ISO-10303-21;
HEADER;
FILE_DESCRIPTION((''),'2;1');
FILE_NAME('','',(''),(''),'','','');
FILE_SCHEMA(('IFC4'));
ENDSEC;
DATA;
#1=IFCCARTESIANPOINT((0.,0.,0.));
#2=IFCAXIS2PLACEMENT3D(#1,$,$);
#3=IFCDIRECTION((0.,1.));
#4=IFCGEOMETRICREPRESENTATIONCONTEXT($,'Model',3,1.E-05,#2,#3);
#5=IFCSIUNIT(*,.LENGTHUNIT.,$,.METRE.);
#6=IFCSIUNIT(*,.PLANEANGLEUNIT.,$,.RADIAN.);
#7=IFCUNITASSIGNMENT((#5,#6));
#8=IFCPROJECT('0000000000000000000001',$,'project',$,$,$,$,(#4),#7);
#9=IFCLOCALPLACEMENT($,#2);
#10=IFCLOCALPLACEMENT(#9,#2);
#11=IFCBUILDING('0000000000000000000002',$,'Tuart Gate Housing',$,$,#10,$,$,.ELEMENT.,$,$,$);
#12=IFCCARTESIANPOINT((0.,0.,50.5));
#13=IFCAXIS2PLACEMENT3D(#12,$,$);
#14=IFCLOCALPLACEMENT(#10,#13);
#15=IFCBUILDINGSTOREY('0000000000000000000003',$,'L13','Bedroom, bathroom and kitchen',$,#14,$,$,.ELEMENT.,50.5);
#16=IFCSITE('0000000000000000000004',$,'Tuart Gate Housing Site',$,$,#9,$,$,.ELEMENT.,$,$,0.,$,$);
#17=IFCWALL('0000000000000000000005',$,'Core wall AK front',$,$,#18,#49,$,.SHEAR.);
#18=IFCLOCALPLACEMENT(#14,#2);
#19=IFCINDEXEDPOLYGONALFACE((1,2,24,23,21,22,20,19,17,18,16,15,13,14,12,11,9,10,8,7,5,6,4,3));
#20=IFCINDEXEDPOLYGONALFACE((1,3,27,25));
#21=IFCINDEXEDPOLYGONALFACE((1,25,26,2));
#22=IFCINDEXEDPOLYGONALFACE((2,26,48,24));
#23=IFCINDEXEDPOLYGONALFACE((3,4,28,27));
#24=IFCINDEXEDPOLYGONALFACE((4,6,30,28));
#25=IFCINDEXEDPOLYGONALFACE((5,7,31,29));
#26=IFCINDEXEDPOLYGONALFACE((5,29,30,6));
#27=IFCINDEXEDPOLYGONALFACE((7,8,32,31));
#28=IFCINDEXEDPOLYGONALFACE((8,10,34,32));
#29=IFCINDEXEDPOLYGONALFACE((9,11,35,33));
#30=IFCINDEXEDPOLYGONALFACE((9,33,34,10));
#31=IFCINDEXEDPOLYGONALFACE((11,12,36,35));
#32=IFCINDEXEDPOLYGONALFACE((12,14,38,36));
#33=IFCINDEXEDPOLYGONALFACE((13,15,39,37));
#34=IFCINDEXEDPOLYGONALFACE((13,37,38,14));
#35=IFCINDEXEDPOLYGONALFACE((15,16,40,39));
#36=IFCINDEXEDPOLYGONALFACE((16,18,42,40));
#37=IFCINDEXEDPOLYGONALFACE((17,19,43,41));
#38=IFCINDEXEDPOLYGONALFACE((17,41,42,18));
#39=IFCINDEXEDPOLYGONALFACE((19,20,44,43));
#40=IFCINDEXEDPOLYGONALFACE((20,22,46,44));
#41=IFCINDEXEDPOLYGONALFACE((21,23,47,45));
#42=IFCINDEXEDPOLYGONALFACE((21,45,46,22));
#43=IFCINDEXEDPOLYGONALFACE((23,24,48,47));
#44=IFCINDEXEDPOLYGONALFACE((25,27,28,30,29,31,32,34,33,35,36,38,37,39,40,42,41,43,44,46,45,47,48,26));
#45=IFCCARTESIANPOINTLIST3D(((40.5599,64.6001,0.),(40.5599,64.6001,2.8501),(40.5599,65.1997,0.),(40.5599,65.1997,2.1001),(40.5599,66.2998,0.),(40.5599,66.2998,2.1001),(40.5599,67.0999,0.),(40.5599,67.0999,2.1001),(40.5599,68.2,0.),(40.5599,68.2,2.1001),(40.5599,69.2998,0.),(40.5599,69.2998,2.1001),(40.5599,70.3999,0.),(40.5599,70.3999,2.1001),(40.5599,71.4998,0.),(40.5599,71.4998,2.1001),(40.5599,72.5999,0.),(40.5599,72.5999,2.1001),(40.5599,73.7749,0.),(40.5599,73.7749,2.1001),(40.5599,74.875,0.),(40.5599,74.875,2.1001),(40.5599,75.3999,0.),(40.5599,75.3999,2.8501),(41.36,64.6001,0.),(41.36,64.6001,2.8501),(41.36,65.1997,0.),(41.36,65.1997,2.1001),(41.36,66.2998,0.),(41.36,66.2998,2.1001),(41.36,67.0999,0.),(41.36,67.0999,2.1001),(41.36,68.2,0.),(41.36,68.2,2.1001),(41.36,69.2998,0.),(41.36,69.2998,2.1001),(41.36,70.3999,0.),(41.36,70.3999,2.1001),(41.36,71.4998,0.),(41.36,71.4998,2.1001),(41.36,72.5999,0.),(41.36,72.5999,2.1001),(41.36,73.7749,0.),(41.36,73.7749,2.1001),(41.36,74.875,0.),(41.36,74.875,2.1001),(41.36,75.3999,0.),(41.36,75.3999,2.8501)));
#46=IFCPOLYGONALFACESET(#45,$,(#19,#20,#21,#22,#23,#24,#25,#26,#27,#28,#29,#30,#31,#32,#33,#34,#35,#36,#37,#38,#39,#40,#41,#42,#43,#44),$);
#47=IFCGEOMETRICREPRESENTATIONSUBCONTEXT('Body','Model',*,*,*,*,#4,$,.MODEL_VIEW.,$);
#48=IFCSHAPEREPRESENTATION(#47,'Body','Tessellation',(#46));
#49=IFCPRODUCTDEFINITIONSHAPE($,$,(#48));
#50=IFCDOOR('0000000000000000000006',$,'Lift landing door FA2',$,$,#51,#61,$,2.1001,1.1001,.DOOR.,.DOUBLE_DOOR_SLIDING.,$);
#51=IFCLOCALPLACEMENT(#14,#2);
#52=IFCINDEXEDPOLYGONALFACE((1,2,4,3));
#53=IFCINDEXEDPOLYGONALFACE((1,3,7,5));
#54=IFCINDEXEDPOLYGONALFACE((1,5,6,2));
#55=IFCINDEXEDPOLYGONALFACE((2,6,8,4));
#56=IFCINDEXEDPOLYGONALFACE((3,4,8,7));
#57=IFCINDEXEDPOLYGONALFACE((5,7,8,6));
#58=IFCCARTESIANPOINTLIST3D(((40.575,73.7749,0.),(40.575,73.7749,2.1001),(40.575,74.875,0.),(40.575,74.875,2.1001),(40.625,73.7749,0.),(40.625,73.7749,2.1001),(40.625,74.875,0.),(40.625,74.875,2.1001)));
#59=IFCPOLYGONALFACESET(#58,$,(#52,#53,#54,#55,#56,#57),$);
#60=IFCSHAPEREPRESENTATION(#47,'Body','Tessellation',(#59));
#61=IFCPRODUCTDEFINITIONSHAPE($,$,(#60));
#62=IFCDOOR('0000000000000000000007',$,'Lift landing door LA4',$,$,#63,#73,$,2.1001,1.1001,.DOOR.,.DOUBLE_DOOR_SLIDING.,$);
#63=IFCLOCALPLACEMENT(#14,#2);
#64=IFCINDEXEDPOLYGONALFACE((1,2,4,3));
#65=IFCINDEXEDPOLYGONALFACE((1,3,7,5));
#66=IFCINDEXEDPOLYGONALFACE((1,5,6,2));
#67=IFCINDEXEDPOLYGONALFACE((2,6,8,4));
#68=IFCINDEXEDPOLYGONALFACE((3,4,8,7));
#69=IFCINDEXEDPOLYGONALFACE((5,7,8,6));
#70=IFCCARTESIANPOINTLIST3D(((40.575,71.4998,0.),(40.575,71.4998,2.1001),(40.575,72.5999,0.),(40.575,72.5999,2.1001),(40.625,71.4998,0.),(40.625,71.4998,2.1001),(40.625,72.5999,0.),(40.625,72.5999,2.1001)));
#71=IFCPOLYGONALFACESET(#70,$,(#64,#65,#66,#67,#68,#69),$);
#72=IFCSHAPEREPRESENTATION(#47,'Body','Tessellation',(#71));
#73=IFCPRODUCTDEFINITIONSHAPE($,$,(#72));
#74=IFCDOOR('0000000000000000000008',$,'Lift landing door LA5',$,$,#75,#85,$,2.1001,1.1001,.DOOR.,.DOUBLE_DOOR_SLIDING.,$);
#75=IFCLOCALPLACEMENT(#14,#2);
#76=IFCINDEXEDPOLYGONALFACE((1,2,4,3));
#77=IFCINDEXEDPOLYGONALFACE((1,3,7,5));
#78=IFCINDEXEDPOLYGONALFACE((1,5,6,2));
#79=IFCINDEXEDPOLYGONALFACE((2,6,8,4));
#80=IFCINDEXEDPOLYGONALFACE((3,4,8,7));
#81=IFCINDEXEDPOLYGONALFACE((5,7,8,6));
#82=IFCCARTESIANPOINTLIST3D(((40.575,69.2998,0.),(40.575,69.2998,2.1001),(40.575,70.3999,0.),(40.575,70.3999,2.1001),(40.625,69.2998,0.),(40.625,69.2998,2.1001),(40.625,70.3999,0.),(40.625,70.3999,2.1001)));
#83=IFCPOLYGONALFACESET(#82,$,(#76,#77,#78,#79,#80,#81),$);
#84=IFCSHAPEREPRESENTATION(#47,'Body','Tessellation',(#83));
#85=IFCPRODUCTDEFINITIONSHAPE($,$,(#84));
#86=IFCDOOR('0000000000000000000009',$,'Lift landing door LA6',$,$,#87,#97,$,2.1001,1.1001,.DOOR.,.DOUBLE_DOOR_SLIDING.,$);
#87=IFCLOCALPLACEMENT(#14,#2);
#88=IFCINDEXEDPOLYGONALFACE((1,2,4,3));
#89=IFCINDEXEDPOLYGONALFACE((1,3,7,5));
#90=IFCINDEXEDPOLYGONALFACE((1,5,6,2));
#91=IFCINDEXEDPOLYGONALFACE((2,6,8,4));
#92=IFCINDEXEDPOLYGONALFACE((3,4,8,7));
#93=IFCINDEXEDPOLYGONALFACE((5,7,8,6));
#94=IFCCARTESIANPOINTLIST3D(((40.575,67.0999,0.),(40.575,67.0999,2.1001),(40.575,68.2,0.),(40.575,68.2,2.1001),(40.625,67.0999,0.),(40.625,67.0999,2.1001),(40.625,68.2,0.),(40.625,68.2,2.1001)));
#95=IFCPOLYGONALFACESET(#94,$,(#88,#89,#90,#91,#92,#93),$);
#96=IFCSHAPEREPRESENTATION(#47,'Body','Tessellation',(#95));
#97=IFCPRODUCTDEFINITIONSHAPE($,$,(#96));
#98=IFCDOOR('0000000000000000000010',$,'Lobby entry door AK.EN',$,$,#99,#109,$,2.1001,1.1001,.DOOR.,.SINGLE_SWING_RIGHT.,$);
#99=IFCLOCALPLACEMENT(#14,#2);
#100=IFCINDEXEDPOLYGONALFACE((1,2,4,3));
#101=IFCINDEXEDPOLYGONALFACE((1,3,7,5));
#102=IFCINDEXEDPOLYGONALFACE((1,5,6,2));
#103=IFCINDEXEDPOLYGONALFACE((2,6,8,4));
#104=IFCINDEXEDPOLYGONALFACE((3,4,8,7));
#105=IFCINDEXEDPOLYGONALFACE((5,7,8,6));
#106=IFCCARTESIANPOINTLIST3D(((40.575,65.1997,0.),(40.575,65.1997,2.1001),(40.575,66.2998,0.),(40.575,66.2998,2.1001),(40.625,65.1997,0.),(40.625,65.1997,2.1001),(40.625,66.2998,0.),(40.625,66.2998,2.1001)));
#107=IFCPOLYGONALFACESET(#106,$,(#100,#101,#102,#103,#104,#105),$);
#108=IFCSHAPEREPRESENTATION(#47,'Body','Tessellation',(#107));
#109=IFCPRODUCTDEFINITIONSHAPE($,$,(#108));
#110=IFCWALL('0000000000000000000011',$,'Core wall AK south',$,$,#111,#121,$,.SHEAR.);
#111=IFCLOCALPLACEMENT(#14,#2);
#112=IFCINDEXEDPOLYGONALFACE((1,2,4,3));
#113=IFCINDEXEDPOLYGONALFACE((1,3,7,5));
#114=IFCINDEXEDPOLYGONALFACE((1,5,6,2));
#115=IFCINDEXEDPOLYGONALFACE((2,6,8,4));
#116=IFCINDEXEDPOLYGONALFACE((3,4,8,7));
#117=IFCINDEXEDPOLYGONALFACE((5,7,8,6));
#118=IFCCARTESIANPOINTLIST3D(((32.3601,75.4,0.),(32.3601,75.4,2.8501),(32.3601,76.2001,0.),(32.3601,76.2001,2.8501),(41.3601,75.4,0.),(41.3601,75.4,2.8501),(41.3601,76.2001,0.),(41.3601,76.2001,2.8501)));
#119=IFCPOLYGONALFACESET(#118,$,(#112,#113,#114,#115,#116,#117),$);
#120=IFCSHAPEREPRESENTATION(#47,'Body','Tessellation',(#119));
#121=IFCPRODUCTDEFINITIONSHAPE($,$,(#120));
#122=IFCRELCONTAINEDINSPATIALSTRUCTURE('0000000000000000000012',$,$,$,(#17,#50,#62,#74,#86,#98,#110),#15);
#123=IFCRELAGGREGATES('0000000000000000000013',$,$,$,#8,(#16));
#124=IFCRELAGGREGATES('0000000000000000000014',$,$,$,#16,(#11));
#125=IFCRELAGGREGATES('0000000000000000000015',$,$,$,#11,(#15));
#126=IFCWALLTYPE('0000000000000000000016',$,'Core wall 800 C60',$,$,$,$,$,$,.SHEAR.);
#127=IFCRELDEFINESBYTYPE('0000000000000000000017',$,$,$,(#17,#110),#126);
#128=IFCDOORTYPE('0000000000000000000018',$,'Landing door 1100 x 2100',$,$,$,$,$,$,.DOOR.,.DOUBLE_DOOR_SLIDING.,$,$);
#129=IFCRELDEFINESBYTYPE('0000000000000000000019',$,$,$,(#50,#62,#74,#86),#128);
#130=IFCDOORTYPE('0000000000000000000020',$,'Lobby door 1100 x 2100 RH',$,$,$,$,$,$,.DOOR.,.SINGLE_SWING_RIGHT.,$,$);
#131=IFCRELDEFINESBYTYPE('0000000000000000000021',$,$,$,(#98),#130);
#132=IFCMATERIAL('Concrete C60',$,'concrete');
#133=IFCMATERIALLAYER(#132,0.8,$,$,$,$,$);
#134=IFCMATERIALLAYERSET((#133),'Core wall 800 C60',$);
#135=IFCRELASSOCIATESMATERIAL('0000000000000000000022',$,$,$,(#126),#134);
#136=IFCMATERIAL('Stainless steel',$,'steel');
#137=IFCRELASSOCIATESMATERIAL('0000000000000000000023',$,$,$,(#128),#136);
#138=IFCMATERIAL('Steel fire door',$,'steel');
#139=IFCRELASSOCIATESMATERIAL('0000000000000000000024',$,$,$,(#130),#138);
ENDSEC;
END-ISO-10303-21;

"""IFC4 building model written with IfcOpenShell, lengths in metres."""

from ifc_helpers import new_model, si_unit, direction, frame, frame_2d, origin, place, context, subcontext, project, spatial, rectangle, extrude, material, layer, layer_set, type_object, element, fill, save


model = new_model("IFC4")

# Units and contexts
model_context = context("Model", 3, precision=1e-05, world=origin(), true_north=direction((0.0, 1.0)))
body_context = subcontext(model_context, "Body", "Model", "MODEL_VIEW")
ifc_project = project(units=[si_unit("LENGTHUNIT", "METRE"), si_unit("PLANEANGLEUNIT", "RADIAN")], contexts=[model_context])

# Site, building, storey
site_placement = place(None, origin())
site = spatial("IfcSite", under=ifc_project, at=site_placement, Name="Tuart Gate Housing Site", CompositionType="ELEMENT", RefElevation=0.0)
building_placement = place(site_placement, origin())
building = spatial("IfcBuilding", under=site, at=building_placement, Name="Tuart Gate Housing", CompositionType="ELEMENT")
storey_placement = place(building_placement, frame((0.0, 0.0, 50.5)))
storey = spatial("IfcBuildingStorey", under=building, at=storey_placement, Name="L13", Description="Bedroom, bathroom and kitchen", CompositionType="ELEMENT", Elevation=50.5)

# Wall, openings, doors
ifc_material_1 = material(Name="Concrete C60", Category="concrete")
ifc_layer_1 = layer(ifc_material_1, 0.8)
ifc_layer_set_1 = layer_set([ifc_layer_1], Name="Core wall 800 C60")
wall_type_1 = type_object("IfcWallType", Name="Core wall 800 C60", PredefinedType="SHEAR", material=ifc_layer_set_1)
wall_1_placement = place(storey_placement, frame((40.96, 75.3999, 0.0), z_axis=(0.0, 0.0, 1.0), x_axis=(0.0, -1.0, 0.0)))
wall_1 = element("IfcWall", 1, at=wall_1_placement, inside=storey, type_object=wall_type_1, Name="Core wall AK front", PredefinedType="SHEAR", context=body_context, shape_type="SweptSolid", body=[
    extrude(rectangle(XDim=10.7998, YDim=0.8, at=frame_2d((5.3999, 0.0))), origin(), (0.0, 0.0, 1.0), 2.8501),
])
opening_1_placement = place(wall_1_placement, frame((0.5249, 0.0, 0.0)))
opening_1 = element("IfcOpeningElement", 2, at=opening_1_placement, cuts=wall_1, PredefinedType="OPENING", context=body_context, shape_type="SweptSolid", body=[
    extrude(rectangle(XDim=1.1001, YDim=2.1001, at=frame_2d((0.55, 1.05))), frame((0.0, 0.4099, 0.0), z_axis=(0.0, -1.0, 0.0), x_axis=(1.0, 0.0, 0.0)), (0.0, 0.0, 1.0), 0.8201),
])
opening_2_placement = place(wall_1_placement, frame((2.8, 0.0, 0.0)))
opening_2 = element("IfcOpeningElement", 3, at=opening_2_placement, cuts=wall_1, PredefinedType="OPENING", context=body_context, shape_type="SweptSolid", body=[
    extrude(rectangle(XDim=1.1001, YDim=2.1001, at=frame_2d((0.55, 1.05))), frame((0.0, 0.4099, 0.0), z_axis=(0.0, -1.0, 0.0), x_axis=(1.0, 0.0, 0.0)), (0.0, 0.0, 1.0), 0.8201),
])
opening_3_placement = place(wall_1_placement, frame((5.0, 0.0, 0.0)))
opening_3 = element("IfcOpeningElement", 4, at=opening_3_placement, cuts=wall_1, PredefinedType="OPENING", context=body_context, shape_type="SweptSolid", body=[
    extrude(rectangle(XDim=1.1001, YDim=2.1001, at=frame_2d((0.55, 1.05))), frame((0.0, 0.4099, 0.0), z_axis=(0.0, -1.0, 0.0), x_axis=(1.0, 0.0, 0.0)), (0.0, 0.0, 1.0), 0.8201),
])
opening_4_placement = place(wall_1_placement, frame((7.2, 0.0, 0.0)))
opening_4 = element("IfcOpeningElement", 5, at=opening_4_placement, cuts=wall_1, PredefinedType="OPENING", context=body_context, shape_type="SweptSolid", body=[
    extrude(rectangle(XDim=1.1001, YDim=2.1001, at=frame_2d((0.55, 1.05))), frame((0.0, 0.4099, 0.0), z_axis=(0.0, -1.0, 0.0), x_axis=(1.0, 0.0, 0.0)), (0.0, 0.0, 1.0), 0.8201),
])
opening_5_placement = place(wall_1_placement, frame((9.1001, 0.0, 0.0)))
opening_5 = element("IfcOpeningElement", 6, at=opening_5_placement, cuts=wall_1, PredefinedType="OPENING", context=body_context, shape_type="SweptSolid", body=[
    extrude(rectangle(XDim=1.1001, YDim=2.1001, at=frame_2d((0.55, 1.05))), frame((0.0, 0.4099, 0.0), z_axis=(0.0, -1.0, 0.0), x_axis=(1.0, 0.0, 0.0)), (0.0, 0.0, 1.0), 0.8201),
])
ifc_material_2 = material(Name="Stainless steel", Category="steel")
door_type_1 = type_object("IfcDoorType", Name="Landing door 1100 x 2100", OperationType="DOUBLE_DOOR_SLIDING", PredefinedType="DOOR", material=ifc_material_2)
door_1_placement = place(opening_1_placement, origin())
door_1 = element("IfcDoor", 7, at=door_1_placement, inside=storey, type_object=door_type_1, Name="Lift landing door FA2", OperationType="DOUBLE_DOOR_SLIDING", OverallHeight=2.1001, OverallWidth=1.1001, PredefinedType="DOOR", context=body_context, shape_type="SweptSolid", body=[
    extrude(rectangle(XDim=1.1001, YDim=2.1001, at=frame_2d((0.55, 1.05))), frame((0.0, -0.335, 0.0), z_axis=(0.0, -1.0, 0.0), x_axis=(1.0, 0.0, 0.0)), (0.0, 0.0, 1.0), 0.05),
])
fill(opening_1, door_1)
door_2_placement = place(opening_2_placement, origin())
door_2 = element("IfcDoor", 8, at=door_2_placement, inside=storey, type_object=door_type_1, Name="Lift landing door LA4", OperationType="DOUBLE_DOOR_SLIDING", OverallHeight=2.1001, OverallWidth=1.1001, PredefinedType="DOOR", context=body_context, shape_type="SweptSolid", body=[
    extrude(rectangle(XDim=1.1001, YDim=2.1001, at=frame_2d((0.55, 1.05))), frame((0.0, -0.335, 0.0), z_axis=(0.0, -1.0, 0.0), x_axis=(1.0, 0.0, 0.0)), (0.0, 0.0, 1.0), 0.05),
])
fill(opening_2, door_2)
door_3_placement = place(opening_3_placement, origin())
door_3 = element("IfcDoor", 9, at=door_3_placement, inside=storey, type_object=door_type_1, Name="Lift landing door LA5", OperationType="DOUBLE_DOOR_SLIDING", OverallHeight=2.1001, OverallWidth=1.1001, PredefinedType="DOOR", context=body_context, shape_type="SweptSolid", body=[
    extrude(rectangle(XDim=1.1001, YDim=2.1001, at=frame_2d((0.55, 1.05))), frame((0.0, -0.335, 0.0), z_axis=(0.0, -1.0, 0.0), x_axis=(1.0, 0.0, 0.0)), (0.0, 0.0, 1.0), 0.05),
])
fill(opening_3, door_3)
door_4_placement = place(opening_4_placement, origin())
door_4 = element("IfcDoor", 10, at=door_4_placement, inside=storey, type_object=door_type_1, Name="Lift landing door LA6", OperationType="DOUBLE_DOOR_SLIDING", OverallHeight=2.1001, OverallWidth=1.1001, PredefinedType="DOOR", context=body_context, shape_type="SweptSolid", body=[
    extrude(rectangle(XDim=1.1001, YDim=2.1001, at=frame_2d((0.55, 1.05))), frame((0.0, -0.335, 0.0), z_axis=(0.0, -1.0, 0.0), x_axis=(1.0, 0.0, 0.0)), (0.0, 0.0, 1.0), 0.05),
])
fill(opening_4, door_4)
ifc_material_3 = material(Name="Steel fire door", Category="steel")
door_type_2 = type_object("IfcDoorType", Name="Lobby door 1100 x 2100 RH", OperationType="SINGLE_SWING_RIGHT", PredefinedType="DOOR", material=ifc_material_3)
door_5_placement = place(opening_5_placement, frame((1.1001, 0.0, 0.0), z_axis=(0.0, 0.0, 1.0), x_axis=(-1.0, 0.0, 0.0)))
door_5 = element("IfcDoor", 11, at=door_5_placement, inside=storey, type_object=door_type_2, Name="Lobby entry door AK.EN", OperationType="SINGLE_SWING_RIGHT", OverallHeight=2.1001, OverallWidth=1.1001, PredefinedType="DOOR", context=body_context, shape_type="SweptSolid", body=[
    extrude(rectangle(XDim=1.1001, YDim=2.1001, at=frame_2d((0.55, 1.05))), frame((0.0, 0.385, 0.0), z_axis=(0.0, -1.0, 0.0), x_axis=(1.0, 0.0, 0.0)), (0.0, 0.0, 1.0), 0.05),
])
fill(opening_5, door_5)

# Wall
wall_2_placement = place(storey_placement, frame((41.3601, 75.8, 0.0), z_axis=(0.0, 0.0, 1.0), x_axis=(-1.0, 0.0, 0.0)))
element("IfcWall", 12, at=wall_2_placement, inside=storey, type_object=wall_type_1, Name="Core wall AK south", PredefinedType="SHEAR", context=body_context, shape_type="SweptSolid", body=[
    extrude(rectangle(XDim=9.0, YDim=0.8, at=frame_2d((4.5, 0.0))), origin(), (0.0, 0.0, 1.0), 2.8501),
])

save(model, "model.ifc")
